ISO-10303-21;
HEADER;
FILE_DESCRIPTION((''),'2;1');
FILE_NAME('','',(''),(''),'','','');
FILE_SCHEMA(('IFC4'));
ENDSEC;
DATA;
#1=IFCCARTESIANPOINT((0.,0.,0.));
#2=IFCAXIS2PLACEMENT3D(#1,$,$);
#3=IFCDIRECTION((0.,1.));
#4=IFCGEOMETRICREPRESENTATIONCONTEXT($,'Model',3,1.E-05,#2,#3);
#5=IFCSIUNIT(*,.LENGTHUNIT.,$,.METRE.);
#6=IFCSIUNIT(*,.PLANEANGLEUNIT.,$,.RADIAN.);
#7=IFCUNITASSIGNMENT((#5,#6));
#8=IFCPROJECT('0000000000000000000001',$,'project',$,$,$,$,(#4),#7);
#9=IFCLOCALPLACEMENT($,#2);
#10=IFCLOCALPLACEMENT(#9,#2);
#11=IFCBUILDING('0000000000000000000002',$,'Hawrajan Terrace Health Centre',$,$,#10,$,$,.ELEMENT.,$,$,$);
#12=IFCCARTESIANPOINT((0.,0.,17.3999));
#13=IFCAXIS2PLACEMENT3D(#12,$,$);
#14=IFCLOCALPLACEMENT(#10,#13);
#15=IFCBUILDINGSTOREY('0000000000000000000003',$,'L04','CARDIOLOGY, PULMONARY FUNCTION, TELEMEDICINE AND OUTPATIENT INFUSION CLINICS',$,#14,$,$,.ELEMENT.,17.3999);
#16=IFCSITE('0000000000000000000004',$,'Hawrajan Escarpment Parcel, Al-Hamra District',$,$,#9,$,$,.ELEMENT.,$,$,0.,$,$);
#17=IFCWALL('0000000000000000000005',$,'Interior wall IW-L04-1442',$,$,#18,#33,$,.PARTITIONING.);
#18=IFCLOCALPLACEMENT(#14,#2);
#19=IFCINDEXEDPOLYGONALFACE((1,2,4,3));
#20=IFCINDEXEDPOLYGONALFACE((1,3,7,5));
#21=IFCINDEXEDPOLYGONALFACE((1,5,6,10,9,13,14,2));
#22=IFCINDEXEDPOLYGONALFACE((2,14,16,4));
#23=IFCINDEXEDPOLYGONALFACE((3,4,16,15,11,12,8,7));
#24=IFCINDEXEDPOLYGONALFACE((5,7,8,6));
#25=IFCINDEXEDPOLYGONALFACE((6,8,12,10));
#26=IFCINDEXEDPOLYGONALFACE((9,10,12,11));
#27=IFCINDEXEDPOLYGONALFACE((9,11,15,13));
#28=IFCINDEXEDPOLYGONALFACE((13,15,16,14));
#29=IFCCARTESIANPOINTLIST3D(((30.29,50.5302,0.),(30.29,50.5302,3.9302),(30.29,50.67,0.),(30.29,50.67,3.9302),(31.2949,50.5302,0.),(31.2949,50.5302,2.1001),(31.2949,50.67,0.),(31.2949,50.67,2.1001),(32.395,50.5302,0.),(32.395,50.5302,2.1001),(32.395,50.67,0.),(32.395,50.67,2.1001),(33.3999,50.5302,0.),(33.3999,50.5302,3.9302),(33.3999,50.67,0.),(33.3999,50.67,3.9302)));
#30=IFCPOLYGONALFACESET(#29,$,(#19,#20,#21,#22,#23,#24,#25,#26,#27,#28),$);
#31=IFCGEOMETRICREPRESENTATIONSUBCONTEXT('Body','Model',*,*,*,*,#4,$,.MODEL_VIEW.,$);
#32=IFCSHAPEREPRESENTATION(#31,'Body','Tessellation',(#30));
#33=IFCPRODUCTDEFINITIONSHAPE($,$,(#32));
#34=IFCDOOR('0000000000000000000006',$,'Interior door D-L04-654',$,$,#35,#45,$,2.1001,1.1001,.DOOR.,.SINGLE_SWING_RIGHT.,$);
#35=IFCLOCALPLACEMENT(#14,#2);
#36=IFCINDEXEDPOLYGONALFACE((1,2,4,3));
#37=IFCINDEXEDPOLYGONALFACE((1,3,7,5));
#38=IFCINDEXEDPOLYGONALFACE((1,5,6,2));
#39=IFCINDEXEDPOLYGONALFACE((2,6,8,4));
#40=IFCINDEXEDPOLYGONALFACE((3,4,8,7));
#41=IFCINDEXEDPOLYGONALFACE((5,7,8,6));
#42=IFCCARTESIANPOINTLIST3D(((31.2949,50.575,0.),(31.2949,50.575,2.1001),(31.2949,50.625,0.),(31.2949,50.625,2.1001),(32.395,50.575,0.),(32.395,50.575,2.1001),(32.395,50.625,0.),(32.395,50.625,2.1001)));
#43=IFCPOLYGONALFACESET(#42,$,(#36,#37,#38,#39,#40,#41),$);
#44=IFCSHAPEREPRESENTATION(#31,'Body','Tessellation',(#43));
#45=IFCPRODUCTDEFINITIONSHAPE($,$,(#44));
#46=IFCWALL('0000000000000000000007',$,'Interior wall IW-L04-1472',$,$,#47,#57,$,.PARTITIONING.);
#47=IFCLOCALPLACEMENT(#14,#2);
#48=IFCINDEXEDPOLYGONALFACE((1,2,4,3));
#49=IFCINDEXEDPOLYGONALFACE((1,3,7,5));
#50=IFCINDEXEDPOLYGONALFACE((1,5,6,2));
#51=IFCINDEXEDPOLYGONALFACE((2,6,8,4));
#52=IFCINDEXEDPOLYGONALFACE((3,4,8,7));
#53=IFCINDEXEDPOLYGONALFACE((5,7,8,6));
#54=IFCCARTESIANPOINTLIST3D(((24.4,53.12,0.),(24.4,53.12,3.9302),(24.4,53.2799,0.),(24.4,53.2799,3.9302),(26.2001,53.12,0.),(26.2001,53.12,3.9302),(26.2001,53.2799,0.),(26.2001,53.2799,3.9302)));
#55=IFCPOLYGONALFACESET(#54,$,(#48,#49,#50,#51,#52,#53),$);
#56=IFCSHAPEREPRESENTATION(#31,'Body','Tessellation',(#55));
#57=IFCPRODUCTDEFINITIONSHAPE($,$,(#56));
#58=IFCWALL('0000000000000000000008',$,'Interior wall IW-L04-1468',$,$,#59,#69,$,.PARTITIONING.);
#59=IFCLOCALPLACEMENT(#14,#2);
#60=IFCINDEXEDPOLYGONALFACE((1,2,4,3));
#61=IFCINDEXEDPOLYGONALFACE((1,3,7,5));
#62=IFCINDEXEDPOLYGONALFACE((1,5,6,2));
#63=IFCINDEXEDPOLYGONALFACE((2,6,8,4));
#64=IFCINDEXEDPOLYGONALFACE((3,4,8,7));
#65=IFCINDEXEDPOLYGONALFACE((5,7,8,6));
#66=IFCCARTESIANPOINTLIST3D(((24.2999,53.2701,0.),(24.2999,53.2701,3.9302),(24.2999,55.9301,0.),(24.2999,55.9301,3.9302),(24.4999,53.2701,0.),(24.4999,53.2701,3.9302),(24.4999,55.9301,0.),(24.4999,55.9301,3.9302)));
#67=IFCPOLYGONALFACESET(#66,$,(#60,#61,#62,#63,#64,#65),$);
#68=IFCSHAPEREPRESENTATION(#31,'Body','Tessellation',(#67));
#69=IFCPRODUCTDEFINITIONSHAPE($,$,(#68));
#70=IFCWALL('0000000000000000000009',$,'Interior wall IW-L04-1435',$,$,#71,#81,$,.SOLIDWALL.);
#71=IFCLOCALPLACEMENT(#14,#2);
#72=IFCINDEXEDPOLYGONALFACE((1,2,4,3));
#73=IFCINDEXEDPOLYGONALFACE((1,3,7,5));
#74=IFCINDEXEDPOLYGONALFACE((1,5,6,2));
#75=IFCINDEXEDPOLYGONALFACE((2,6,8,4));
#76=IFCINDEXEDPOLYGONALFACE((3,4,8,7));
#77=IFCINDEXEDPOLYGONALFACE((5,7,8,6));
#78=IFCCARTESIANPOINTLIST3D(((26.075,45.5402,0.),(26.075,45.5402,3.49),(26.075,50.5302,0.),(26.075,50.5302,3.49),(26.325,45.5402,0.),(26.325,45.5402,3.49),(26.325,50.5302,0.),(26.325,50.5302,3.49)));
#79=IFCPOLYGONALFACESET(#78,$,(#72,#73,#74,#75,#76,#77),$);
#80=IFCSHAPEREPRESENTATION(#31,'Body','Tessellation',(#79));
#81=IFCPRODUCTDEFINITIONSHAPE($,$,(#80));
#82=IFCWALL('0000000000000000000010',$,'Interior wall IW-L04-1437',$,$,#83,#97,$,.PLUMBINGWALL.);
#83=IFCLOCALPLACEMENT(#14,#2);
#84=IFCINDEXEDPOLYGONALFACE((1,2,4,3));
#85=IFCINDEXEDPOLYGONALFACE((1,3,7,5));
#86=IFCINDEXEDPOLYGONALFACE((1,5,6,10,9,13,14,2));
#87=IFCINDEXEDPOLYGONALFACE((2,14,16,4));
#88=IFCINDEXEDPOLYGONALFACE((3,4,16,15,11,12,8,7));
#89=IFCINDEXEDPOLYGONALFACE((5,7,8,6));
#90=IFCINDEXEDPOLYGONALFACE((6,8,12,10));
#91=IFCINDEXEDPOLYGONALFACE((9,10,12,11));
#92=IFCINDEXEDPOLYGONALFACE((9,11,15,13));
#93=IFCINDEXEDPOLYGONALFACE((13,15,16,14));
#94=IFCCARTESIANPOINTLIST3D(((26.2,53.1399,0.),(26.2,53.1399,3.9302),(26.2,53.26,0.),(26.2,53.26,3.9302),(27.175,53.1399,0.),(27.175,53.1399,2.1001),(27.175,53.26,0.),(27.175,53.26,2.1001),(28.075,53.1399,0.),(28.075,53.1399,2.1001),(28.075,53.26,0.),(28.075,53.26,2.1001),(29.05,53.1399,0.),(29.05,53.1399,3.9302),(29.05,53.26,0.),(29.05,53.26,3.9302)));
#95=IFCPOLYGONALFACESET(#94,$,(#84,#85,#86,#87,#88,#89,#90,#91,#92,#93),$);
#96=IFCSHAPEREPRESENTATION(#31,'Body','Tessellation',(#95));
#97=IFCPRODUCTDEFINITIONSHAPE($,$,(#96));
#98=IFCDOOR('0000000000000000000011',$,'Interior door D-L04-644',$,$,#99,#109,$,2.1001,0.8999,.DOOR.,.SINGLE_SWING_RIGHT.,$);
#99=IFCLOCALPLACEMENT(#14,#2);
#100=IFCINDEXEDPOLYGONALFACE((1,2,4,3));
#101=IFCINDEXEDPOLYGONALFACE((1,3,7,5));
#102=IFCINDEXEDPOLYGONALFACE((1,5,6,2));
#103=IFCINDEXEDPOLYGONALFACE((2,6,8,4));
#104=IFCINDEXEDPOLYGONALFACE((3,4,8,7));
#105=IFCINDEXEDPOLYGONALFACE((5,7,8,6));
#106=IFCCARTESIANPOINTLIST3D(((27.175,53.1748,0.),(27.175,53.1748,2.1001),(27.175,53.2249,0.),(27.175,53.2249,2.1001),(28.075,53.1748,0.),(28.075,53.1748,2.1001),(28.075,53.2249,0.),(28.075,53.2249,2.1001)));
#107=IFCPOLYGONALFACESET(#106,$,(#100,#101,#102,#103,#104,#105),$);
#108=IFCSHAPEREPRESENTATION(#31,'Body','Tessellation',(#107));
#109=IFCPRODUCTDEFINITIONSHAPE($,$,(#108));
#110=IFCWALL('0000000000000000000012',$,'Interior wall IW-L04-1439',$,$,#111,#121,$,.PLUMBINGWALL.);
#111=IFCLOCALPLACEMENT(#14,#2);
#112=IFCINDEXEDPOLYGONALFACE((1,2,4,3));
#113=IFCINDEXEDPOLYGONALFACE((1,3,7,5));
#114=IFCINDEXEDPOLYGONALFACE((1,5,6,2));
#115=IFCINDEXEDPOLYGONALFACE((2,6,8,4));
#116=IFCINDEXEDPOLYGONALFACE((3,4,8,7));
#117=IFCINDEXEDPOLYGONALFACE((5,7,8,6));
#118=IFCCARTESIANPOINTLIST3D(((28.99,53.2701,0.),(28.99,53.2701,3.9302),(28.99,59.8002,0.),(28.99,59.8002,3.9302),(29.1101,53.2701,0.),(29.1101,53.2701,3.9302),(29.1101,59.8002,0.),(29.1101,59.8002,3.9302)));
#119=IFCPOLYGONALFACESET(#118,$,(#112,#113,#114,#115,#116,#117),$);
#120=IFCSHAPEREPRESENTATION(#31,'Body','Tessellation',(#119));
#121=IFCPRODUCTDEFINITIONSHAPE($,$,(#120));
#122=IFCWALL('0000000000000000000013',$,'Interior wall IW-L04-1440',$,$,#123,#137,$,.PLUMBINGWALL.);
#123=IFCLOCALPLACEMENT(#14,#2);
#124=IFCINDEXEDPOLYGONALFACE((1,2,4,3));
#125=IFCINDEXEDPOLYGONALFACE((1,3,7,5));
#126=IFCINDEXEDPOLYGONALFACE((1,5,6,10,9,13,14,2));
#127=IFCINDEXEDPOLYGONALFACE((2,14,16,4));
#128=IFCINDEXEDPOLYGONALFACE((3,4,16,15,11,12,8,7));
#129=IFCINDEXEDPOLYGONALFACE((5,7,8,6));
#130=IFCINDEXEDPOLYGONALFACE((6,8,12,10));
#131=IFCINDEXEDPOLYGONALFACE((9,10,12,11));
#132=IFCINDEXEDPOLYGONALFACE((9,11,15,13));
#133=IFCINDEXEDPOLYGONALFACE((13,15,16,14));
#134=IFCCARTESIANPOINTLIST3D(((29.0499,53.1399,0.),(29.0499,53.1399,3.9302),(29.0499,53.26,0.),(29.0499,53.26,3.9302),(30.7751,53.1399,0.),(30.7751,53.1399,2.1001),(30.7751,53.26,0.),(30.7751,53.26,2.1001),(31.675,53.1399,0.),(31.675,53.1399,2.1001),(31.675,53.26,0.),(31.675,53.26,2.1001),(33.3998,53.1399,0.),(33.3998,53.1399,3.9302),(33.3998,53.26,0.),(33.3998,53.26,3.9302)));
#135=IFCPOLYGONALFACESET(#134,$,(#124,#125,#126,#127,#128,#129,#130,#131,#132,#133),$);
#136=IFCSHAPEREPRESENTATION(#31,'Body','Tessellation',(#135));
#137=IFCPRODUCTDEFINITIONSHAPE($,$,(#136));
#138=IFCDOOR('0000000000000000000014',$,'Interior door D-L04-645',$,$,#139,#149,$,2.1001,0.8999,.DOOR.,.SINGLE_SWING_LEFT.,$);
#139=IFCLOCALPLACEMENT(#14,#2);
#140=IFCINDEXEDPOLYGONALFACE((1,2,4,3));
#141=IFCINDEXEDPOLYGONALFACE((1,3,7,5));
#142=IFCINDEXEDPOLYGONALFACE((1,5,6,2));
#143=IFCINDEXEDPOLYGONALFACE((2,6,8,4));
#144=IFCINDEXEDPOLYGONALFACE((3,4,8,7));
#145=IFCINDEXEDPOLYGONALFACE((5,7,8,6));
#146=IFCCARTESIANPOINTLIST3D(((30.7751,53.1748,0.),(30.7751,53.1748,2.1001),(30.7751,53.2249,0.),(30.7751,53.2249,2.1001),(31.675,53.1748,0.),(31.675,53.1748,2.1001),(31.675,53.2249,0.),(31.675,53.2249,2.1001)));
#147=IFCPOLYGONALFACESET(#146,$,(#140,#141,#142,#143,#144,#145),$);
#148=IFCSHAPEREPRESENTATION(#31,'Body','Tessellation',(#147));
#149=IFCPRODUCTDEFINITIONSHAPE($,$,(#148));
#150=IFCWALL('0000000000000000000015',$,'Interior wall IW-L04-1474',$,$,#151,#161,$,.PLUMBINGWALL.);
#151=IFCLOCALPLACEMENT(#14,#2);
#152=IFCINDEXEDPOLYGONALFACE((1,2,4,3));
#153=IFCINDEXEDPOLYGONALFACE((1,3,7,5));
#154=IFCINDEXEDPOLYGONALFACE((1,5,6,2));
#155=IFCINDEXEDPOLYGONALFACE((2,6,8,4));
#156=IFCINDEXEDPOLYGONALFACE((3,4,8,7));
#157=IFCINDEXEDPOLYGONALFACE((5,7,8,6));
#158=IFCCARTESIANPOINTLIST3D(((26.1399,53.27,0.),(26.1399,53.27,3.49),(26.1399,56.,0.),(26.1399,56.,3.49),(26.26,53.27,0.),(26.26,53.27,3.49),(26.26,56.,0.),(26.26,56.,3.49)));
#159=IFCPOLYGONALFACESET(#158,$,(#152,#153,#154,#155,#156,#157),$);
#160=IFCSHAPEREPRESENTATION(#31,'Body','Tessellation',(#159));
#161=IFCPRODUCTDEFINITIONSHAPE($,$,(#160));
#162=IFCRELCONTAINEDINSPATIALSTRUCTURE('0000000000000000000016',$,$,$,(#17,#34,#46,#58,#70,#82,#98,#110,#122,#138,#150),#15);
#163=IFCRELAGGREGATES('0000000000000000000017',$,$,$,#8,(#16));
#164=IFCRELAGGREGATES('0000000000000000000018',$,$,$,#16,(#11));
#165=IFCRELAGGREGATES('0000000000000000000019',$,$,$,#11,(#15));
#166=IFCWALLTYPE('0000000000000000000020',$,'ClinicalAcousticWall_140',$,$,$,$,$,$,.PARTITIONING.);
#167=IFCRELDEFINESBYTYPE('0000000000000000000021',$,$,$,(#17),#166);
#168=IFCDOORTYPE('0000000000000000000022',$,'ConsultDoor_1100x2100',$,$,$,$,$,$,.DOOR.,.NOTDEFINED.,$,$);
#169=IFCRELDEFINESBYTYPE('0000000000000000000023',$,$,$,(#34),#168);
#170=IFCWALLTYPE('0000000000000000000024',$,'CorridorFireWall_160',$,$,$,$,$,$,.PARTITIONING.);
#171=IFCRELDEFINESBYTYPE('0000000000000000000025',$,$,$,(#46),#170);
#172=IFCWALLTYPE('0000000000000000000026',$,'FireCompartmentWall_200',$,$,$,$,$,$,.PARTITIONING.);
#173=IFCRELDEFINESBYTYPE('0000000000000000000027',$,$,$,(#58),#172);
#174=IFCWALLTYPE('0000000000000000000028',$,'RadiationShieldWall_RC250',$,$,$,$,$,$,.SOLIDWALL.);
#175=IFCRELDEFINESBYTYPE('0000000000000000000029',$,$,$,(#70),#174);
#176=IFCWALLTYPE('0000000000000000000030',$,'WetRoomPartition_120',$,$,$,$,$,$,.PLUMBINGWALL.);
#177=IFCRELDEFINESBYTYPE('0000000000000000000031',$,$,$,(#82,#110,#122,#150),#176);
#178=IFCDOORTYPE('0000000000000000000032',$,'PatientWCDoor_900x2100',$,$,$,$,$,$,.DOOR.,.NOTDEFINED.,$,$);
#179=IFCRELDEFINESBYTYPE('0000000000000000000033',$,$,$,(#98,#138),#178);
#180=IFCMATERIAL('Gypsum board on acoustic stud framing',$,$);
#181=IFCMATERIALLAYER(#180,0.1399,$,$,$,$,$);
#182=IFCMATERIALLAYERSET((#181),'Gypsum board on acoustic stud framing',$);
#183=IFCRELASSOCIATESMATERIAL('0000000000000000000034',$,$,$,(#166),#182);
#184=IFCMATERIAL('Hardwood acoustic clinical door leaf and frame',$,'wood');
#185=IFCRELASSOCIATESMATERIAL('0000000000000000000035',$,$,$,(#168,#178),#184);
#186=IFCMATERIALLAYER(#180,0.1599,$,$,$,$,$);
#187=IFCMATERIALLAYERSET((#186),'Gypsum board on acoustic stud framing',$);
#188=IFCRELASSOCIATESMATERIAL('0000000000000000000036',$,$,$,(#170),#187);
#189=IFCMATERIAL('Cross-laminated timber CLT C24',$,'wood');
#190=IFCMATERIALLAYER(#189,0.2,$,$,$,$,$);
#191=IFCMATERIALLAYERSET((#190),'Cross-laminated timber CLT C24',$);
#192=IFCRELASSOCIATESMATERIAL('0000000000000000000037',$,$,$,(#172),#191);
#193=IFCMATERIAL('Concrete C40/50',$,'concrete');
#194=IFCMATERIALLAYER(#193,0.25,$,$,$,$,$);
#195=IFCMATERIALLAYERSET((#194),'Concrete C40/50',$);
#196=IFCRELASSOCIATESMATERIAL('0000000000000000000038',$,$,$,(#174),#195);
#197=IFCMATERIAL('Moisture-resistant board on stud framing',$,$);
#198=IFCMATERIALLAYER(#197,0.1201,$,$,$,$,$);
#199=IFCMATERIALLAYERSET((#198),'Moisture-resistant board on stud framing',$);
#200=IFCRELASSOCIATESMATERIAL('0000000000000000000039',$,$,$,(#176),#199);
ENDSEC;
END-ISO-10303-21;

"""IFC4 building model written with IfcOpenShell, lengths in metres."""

from ifc_helpers import new_model, si_unit, direction, frame, frame_2d, origin, place, context, subcontext, project, spatial, rectangle, extrude, material, layer, layer_set, type_object, element, fill, save


model = new_model("IFC4")

# Units and contexts
model_context = context("Model", 3, precision=1e-05, world=origin(), true_north=direction((0.0, 1.0)))
body_context = subcontext(model_context, "Body", "Model", "MODEL_VIEW")
ifc_project = project(units=[si_unit("LENGTHUNIT", "METRE"), si_unit("PLANEANGLEUNIT", "RADIAN")], contexts=[model_context])

# Site, building, storey
site_placement = place(None, origin())
site = spatial("IfcSite", under=ifc_project, at=site_placement, Name="Hawrajan Escarpment Parcel, Al-Hamra District", CompositionType="ELEMENT", RefElevation=0.0)
building_placement = place(site_placement, origin())
building = spatial("IfcBuilding", under=site, at=building_placement, Name="Hawrajan Terrace Health Centre", CompositionType="ELEMENT")
storey_placement = place(building_placement, frame((0.0, 0.0, 17.3999)))
storey = spatial("IfcBuildingStorey", under=building, at=storey_placement, Name="L04", Description="CARDIOLOGY, PULMONARY FUNCTION, TELEMEDICINE AND OUTPATIENT INFUSION CLINICS", CompositionType="ELEMENT", Elevation=17.3999)

# Shared definitions
ifc_material_1 = material(Name="Gypsum board on acoustic stud framing")
ifc_layer_1 = layer(ifc_material_1, 0.1399)
ifc_layer_set_1 = layer_set([ifc_layer_1], Name="Gypsum board on acoustic stud framing")
wall_type_1 = type_object("IfcWallType", Name="ClinicalAcousticWall_140", PredefinedType="PARTITIONING", material=ifc_layer_set_1)

# Wall, opening, door
wall_1_placement = place(storey_placement, frame((30.29, 50.6001, 0.0), z_axis=(0.0, 0.0, 1.0), x_axis=(1.0, 0.0, 0.0)))
wall_1 = element("IfcWall", 1, at=wall_1_placement, inside=storey, type_object=wall_type_1, Name="Interior wall IW-L04-1442", PredefinedType="PARTITIONING", context=body_context, shape_type="SweptSolid", body=[
    extrude(rectangle(XDim=3.1099, YDim=0.1399, at=frame_2d((1.5549, 0.0))), origin(), (0.0, 0.0, 1.0), 3.9302),
])
opening_1_placement = place(wall_1_placement, frame((1.0049, 0.0, 0.0)))
opening_1 = element("IfcOpeningElement", 2, at=opening_1_placement, cuts=wall_1, PredefinedType="OPENING", context=body_context, shape_type="SweptSolid", body=[
    extrude(rectangle(XDim=1.1001, YDim=2.1001, at=frame_2d((0.55, 1.05))), frame((0.0, 0.0798, 0.0), z_axis=(0.0, -1.0, 0.0), x_axis=(1.0, 0.0, 0.0)), (0.0, 0.0, 1.0), 0.1599),
])
ifc_material_2 = material(Name="Hardwood acoustic clinical door leaf and frame", Category="wood")
door_type_1 = type_object("IfcDoorType", Name="ConsultDoor_1100x2100", OperationType="NOTDEFINED", PredefinedType="DOOR", material=ifc_material_2)
door_1_placement = place(opening_1_placement, origin())
door_1 = element("IfcDoor", 3, at=door_1_placement, inside=storey, type_object=door_type_1, Name="Interior door D-L04-654", OperationType="SINGLE_SWING_RIGHT", OverallHeight=2.1001, OverallWidth=1.1001, PredefinedType="DOOR", context=body_context, shape_type="SweptSolid", body=[
    extrude(rectangle(XDim=1.1001, YDim=2.1001, at=frame_2d((0.55, 1.05))), frame((0.0, 0.0249, 0.0), z_axis=(0.0, -1.0, 0.0), x_axis=(1.0, 0.0, 0.0)), (0.0, 0.0, 1.0), 0.05),
])
fill(opening_1, door_1)

# Walls
ifc_layer_2 = layer(ifc_material_1, 0.1599)
ifc_layer_set_2 = layer_set([ifc_layer_2], Name="Gypsum board on acoustic stud framing")
wall_type_2 = type_object("IfcWallType", Name="CorridorFireWall_160", PredefinedType="PARTITIONING", material=ifc_layer_set_2)
wall_2_placement = place(storey_placement, frame((26.2, 53.2, 0.0), z_axis=(0.0, 0.0, 1.0), x_axis=(-1.0, 0.0, 0.0)))
element("IfcWall", 4, at=wall_2_placement, inside=storey, type_object=wall_type_2, Name="Interior wall IW-L04-1472", PredefinedType="PARTITIONING", context=body_context, shape_type="SweptSolid", body=[
    extrude(rectangle(XDim=1.8, YDim=0.1599, at=frame_2d((0.8999, 0.0))), origin(), (0.0, 0.0, 1.0), 3.9302),
])
ifc_material_3 = material(Name="Cross-laminated timber CLT C24", Category="wood")
ifc_layer_3 = layer(ifc_material_3, 0.2)
ifc_layer_set_3 = layer_set([ifc_layer_3], Name="Cross-laminated timber CLT C24")
wall_type_3 = type_object("IfcWallType", Name="FireCompartmentWall_200", PredefinedType="PARTITIONING", material=ifc_layer_set_3)
wall_3_placement = place(storey_placement, frame((24.3999, 53.27, 0.0), z_axis=(0.0, 0.0, 1.0), x_axis=(0.0, 1.0, 0.0)))
element("IfcWall", 5, at=wall_3_placement, inside=storey, type_object=wall_type_3, Name="Interior wall IW-L04-1468", PredefinedType="PARTITIONING", context=body_context, shape_type="SweptSolid", body=[
    extrude(rectangle(XDim=2.6599, YDim=0.2, at=frame_2d((1.3301, 0.0))), origin(), (0.0, 0.0, 1.0), 3.9302),
])
ifc_material_4 = material(Name="Concrete C40/50", Category="concrete")
ifc_layer_4 = layer(ifc_material_4, 0.25)
ifc_layer_set_4 = layer_set([ifc_layer_4], Name="Concrete C40/50")
wall_type_4 = type_object("IfcWallType", Name="RadiationShieldWall_RC250", PredefinedType="SOLIDWALL", material=ifc_layer_set_4)
wall_4_placement = place(storey_placement, frame((26.2, 45.54, 0.0), z_axis=(0.0, 0.0, 1.0), x_axis=(0.0, 1.0, 0.0)))
element("IfcWall", 6, at=wall_4_placement, inside=storey, type_object=wall_type_4, Name="Interior wall IW-L04-1435", PredefinedType="SOLIDWALL", context=body_context, shape_type="SweptSolid", body=[
    extrude(rectangle(XDim=4.99, YDim=0.25, at=frame_2d((2.4951, 0.0))), origin(), (0.0, 0.0, 1.0), 3.49),
])

# Wall, opening, door
ifc_material_5 = material(Name="Moisture-resistant board on stud framing")
ifc_layer_5 = layer(ifc_material_5, 0.1201)
ifc_layer_set_5 = layer_set([ifc_layer_5], Name="Moisture-resistant board on stud framing")
wall_type_5 = type_object("IfcWallType", Name="WetRoomPartition_120", PredefinedType="PLUMBINGWALL", material=ifc_layer_set_5)
wall_5_placement = place(storey_placement, frame((26.2, 53.2, 0.0), z_axis=(0.0, 0.0, 1.0), x_axis=(1.0, 0.0, 0.0)))
wall_5 = element("IfcWall", 7, at=wall_5_placement, inside=storey, type_object=wall_type_5, Name="Interior wall IW-L04-1437", PredefinedType="PLUMBINGWALL", context=body_context, shape_type="SweptSolid", body=[
    extrude(rectangle(XDim=2.8501, YDim=0.1201, at=frame_2d((1.425, 0.0))), origin(), (0.0, 0.0, 1.0), 3.9302),
])
opening_2_placement = place(wall_5_placement, frame((0.9751, 0.0, 0.0)))
opening_2 = element("IfcOpeningElement", 8, at=opening_2_placement, cuts=wall_5, PredefinedType="OPENING", context=body_context, shape_type="SweptSolid", body=[
    extrude(rectangle(XDim=0.8999, YDim=2.1001, at=frame_2d((0.45, 1.05))), frame((0.0, 0.0701, 0.0), z_axis=(0.0, -1.0, 0.0), x_axis=(1.0, 0.0, 0.0)), (0.0, 0.0, 1.0), 0.1401),
])
door_type_2 = type_object("IfcDoorType", Name="PatientWCDoor_900x2100", OperationType="NOTDEFINED", PredefinedType="DOOR", material=ifc_material_2)
door_2_placement = place(opening_2_placement, origin())
door_2 = element("IfcDoor", 9, at=door_2_placement, inside=storey, type_object=door_type_2, Name="Interior door D-L04-644", OperationType="SINGLE_SWING_RIGHT", OverallHeight=2.1001, OverallWidth=0.8999, PredefinedType="DOOR", context=body_context, shape_type="SweptSolid", body=[
    extrude(rectangle(XDim=0.8999, YDim=2.1001, at=frame_2d((0.45, 1.05))), frame((0.0, 0.0249, 0.0), z_axis=(0.0, -1.0, 0.0), x_axis=(1.0, 0.0, 0.0)), (0.0, 0.0, 1.0), 0.05),
])
fill(opening_2, door_2)

# Wall
wall_6_placement = place(storey_placement, frame((29.05, 53.27, 0.0), z_axis=(0.0, 0.0, 1.0), x_axis=(0.0, 1.0, 0.0)))
element("IfcWall", 10, at=wall_6_placement, inside=storey, type_object=wall_type_5, Name="Interior wall IW-L04-1439", PredefinedType="PLUMBINGWALL", context=body_context, shape_type="SweptSolid", body=[
    extrude(rectangle(XDim=6.53, YDim=0.1201, at=frame_2d((3.2651, 0.0))), origin(), (0.0, 0.0, 1.0), 3.9302),
])

# Wall, opening, door
wall_7_placement = place(storey_placement, frame((29.05, 53.2, 0.0), z_axis=(0.0, 0.0, 1.0), x_axis=(1.0, 0.0, 0.0)))
wall_7 = element("IfcWall", 11, at=wall_7_placement, inside=storey, type_object=wall_type_5, Name="Interior wall IW-L04-1440", PredefinedType="PLUMBINGWALL", context=body_context, shape_type="SweptSolid", body=[
    extrude(rectangle(XDim=4.3499, YDim=0.1201, at=frame_2d((2.1748, 0.0))), origin(), (0.0, 0.0, 1.0), 3.9302),
])
opening_3_placement = place(wall_7_placement, frame((1.7251, 0.0, 0.0)))
opening_3 = element("IfcOpeningElement", 12, at=opening_3_placement, cuts=wall_7, PredefinedType="OPENING", context=body_context, shape_type="SweptSolid", body=[
    extrude(rectangle(XDim=0.8999, YDim=2.1001, at=frame_2d((0.45, 1.05))), frame((0.0, 0.0701, 0.0), z_axis=(0.0, -1.0, 0.0), x_axis=(1.0, 0.0, 0.0)), (0.0, 0.0, 1.0), 0.1401),
])
door_3_placement = place(opening_3_placement, origin())
door_3 = element("IfcDoor", 13, at=door_3_placement, inside=storey, type_object=door_type_2, Name="Interior door D-L04-645", OperationType="SINGLE_SWING_LEFT", OverallHeight=2.1001, OverallWidth=0.8999, PredefinedType="DOOR", context=body_context, shape_type="SweptSolid", body=[
    extrude(rectangle(XDim=0.8999, YDim=2.1001, at=frame_2d((0.45, 1.05))), frame((0.0, 0.0249, 0.0), z_axis=(0.0, -1.0, 0.0), x_axis=(1.0, 0.0, 0.0)), (0.0, 0.0, 1.0), 0.05),
])
fill(opening_3, door_3)

# Wall
wall_8_placement = place(storey_placement, frame((26.2, 53.27, 0.0), z_axis=(0.0, 0.0, 1.0), x_axis=(0.0, 1.0, 0.0)))
element("IfcWall", 14, at=wall_8_placement, inside=storey, type_object=wall_type_5, Name="Interior wall IW-L04-1474", PredefinedType="PLUMBINGWALL", context=body_context, shape_type="SweptSolid", body=[
    extrude(rectangle(XDim=2.73, YDim=0.1201, at=frame_2d((1.365, 0.0))), origin(), (0.0, 0.0, 1.0), 3.49),
])

save(model, "model.ifc")
